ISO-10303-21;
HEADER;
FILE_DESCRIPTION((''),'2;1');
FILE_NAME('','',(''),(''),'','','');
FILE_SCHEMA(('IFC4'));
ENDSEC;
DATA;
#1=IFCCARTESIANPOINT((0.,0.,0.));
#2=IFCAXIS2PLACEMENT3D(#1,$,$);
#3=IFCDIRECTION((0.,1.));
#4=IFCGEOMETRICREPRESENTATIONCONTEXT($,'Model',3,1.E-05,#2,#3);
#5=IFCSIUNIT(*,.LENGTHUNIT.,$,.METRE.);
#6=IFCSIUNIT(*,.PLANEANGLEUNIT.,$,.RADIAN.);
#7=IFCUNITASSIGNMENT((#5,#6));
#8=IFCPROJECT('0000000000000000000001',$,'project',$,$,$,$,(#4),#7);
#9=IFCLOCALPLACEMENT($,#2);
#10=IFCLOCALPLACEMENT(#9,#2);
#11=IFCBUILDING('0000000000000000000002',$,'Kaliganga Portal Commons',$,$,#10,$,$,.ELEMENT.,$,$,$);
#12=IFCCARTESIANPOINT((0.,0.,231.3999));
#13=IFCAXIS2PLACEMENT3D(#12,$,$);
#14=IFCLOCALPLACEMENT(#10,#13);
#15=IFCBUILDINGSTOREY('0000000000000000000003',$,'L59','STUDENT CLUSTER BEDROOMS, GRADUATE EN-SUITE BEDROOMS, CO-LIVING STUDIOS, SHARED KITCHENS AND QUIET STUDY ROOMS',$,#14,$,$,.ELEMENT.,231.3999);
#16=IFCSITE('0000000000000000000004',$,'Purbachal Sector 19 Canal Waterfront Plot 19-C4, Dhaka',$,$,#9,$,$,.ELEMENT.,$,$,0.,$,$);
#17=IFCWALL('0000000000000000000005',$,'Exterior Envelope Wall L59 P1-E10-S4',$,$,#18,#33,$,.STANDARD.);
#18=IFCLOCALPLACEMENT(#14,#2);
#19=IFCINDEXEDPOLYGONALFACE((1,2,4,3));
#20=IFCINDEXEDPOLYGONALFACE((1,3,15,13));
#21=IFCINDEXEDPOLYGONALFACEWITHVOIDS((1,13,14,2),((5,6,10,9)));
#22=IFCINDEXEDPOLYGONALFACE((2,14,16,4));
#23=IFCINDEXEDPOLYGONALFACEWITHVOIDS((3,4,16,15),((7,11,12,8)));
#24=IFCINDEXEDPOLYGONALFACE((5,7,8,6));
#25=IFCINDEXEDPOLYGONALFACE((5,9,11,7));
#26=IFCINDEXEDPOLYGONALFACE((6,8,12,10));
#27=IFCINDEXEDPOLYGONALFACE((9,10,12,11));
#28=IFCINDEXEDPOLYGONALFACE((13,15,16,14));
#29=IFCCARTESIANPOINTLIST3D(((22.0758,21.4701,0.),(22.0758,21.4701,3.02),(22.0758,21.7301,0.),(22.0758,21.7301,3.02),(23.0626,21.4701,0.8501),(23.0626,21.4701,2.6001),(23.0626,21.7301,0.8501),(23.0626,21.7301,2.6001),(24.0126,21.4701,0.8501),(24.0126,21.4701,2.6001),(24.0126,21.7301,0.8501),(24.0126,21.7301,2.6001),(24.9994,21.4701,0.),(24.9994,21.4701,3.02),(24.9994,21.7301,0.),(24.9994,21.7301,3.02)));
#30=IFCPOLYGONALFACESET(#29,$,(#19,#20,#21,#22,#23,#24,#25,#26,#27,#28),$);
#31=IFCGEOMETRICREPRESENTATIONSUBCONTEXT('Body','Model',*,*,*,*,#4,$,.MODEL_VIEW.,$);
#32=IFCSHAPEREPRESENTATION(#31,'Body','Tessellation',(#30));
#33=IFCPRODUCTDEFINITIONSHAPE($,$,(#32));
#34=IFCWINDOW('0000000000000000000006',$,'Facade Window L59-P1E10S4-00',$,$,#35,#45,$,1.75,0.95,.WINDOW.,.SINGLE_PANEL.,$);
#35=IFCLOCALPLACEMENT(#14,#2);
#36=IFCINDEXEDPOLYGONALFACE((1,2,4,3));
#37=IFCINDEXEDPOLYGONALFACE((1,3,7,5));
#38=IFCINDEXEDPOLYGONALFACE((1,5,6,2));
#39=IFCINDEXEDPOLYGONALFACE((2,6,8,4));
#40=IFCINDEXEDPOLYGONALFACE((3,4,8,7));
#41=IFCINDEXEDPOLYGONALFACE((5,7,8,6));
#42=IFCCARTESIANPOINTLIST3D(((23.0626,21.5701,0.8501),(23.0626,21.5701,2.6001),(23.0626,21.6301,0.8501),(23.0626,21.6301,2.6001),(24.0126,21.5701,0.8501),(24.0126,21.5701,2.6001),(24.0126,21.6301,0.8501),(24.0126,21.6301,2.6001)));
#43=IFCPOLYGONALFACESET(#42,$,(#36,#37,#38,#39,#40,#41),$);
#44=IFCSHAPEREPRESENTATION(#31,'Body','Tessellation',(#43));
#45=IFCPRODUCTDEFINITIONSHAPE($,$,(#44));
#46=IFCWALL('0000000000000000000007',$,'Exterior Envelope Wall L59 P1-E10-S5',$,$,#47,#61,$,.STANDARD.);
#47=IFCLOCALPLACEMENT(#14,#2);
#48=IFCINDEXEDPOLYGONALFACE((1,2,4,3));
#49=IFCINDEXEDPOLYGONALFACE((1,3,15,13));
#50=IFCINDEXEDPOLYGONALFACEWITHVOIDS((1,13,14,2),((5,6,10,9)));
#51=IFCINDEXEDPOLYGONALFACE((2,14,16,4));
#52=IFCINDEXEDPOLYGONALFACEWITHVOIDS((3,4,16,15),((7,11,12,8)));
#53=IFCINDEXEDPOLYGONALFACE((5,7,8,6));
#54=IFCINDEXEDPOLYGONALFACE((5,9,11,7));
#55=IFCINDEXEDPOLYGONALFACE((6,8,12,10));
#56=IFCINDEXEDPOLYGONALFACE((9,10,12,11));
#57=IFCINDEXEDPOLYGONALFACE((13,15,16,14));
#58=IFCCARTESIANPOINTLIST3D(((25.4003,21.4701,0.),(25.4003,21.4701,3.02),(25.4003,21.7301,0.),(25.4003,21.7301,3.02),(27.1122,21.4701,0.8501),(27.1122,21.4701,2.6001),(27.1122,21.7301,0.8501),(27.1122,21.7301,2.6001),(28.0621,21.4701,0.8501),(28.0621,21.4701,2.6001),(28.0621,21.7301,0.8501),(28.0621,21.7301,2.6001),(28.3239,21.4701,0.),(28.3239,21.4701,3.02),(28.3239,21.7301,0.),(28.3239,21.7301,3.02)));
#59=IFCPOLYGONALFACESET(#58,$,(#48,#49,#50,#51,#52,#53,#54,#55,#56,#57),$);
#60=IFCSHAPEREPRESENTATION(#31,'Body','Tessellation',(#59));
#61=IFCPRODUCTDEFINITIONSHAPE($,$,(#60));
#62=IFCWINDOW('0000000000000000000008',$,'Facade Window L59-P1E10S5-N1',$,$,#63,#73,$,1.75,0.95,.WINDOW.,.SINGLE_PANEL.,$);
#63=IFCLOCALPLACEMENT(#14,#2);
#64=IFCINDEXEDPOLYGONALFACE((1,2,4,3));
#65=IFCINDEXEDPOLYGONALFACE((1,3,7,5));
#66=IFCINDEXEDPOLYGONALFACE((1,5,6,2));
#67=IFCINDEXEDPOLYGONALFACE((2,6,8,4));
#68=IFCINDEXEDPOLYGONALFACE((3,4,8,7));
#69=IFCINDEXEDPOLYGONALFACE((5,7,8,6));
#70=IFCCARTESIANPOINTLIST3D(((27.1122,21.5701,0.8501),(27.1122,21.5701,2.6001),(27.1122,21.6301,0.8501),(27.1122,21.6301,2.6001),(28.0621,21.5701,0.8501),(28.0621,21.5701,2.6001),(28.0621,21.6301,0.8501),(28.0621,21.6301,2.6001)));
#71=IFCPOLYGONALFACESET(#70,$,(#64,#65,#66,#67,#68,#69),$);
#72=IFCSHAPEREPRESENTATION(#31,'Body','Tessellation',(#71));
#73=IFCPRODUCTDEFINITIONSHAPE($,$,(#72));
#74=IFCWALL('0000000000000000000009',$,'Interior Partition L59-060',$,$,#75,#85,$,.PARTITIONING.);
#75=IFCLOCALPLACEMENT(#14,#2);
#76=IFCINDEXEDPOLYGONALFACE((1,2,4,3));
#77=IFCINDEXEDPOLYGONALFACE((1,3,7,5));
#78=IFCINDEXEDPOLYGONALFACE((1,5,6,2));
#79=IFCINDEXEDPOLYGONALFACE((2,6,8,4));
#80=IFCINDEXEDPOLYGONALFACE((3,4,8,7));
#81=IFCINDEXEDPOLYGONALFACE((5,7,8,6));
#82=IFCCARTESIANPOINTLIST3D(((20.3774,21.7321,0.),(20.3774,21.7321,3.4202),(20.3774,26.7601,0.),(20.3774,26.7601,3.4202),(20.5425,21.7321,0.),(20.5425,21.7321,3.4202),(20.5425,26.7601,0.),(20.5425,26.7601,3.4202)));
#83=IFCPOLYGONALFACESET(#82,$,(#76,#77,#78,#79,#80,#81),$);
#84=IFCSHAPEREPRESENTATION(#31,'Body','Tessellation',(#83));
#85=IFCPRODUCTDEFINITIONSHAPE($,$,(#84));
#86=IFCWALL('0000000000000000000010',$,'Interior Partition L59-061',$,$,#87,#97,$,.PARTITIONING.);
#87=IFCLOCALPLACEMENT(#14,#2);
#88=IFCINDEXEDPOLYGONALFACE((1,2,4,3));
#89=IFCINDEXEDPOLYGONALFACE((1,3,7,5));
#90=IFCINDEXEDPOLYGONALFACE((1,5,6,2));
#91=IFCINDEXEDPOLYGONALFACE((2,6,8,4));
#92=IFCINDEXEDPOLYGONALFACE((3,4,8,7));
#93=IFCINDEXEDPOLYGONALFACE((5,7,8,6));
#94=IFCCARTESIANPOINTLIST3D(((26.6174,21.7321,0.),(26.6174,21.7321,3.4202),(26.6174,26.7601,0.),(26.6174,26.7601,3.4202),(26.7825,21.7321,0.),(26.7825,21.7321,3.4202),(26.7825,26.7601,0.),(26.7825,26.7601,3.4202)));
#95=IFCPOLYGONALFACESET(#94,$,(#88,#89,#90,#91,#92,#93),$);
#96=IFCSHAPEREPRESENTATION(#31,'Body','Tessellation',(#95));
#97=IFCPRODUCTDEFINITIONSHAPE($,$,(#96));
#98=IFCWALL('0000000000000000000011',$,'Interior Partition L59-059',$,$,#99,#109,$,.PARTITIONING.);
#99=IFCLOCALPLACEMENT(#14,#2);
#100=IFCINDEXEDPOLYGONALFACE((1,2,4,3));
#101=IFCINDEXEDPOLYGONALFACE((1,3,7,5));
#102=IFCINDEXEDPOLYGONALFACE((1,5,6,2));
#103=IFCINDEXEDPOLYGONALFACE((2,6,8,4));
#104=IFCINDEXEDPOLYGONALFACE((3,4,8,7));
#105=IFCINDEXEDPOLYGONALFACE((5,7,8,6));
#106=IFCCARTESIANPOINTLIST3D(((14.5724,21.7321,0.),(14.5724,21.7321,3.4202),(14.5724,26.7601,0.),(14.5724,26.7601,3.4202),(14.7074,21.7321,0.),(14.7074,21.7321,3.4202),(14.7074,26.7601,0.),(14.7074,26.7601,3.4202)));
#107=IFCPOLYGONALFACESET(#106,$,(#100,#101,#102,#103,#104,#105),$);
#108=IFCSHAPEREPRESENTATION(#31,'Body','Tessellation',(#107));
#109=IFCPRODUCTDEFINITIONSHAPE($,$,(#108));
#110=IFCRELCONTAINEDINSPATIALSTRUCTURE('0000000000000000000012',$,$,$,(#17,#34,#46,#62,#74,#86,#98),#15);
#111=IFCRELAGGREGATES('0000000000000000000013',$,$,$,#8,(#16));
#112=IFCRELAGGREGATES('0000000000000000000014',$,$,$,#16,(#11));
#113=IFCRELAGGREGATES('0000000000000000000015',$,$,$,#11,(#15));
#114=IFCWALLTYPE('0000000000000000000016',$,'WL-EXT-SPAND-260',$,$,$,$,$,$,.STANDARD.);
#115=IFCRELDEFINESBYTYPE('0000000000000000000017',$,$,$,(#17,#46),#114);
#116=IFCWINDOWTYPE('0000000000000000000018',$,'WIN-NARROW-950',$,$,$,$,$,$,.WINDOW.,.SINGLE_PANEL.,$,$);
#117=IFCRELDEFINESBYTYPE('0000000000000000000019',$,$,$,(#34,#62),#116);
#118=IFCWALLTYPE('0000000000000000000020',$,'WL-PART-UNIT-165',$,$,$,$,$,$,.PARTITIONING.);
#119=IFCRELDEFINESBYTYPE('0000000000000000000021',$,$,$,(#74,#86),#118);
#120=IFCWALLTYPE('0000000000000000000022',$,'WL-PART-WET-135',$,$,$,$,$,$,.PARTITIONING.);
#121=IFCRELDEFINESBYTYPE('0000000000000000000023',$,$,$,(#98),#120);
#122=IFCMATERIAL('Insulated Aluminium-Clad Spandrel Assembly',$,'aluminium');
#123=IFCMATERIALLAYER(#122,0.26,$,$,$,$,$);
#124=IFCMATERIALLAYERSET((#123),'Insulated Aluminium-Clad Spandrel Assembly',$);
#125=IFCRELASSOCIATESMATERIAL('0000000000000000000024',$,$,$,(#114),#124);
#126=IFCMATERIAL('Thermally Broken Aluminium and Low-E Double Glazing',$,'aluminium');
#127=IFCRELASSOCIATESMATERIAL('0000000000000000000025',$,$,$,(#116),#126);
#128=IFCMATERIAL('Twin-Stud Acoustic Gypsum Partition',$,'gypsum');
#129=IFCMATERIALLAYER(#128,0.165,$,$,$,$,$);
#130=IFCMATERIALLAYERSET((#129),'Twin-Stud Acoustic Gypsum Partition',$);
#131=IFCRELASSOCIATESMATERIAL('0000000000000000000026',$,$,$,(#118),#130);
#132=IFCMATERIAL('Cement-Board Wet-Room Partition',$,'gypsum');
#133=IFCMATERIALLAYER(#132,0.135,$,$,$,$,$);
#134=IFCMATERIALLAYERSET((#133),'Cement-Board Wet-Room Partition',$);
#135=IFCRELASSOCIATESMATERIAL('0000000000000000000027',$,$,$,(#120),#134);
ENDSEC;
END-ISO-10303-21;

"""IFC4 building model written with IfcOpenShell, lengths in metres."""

from ifc_helpers import new_model, si_unit, direction, frame, frame_2d, origin, place, context, subcontext, project, spatial, rectangle, extrude, material, layer, layer_set, type_object, element, fill, save


model = new_model("IFC4")

# Units and contexts
model_context = context("Model", 3, precision=1e-05, world=origin(), true_north=direction((0.0, 1.0)))
body_context = subcontext(model_context, "Body", "Model", "MODEL_VIEW")
ifc_project = project(units=[si_unit("LENGTHUNIT", "METRE"), si_unit("PLANEANGLEUNIT", "RADIAN")], contexts=[model_context])

# Site, building, storey
site_placement = place(None, origin())
site = spatial("IfcSite", under=ifc_project, at=site_placement, Name="Purbachal Sector 19 Canal Waterfront Plot 19-C4, Dhaka", CompositionType="ELEMENT", RefElevation=0.0)
building_placement = place(site_placement, origin())
building = spatial("IfcBuilding", under=site, at=building_placement, Name="Kaliganga Portal Commons", CompositionType="ELEMENT")
storey_placement = place(building_placement, frame((0.0, 0.0, 231.3999)))
storey = spatial("IfcBuildingStorey", under=building, at=storey_placement, Name="L59", Description="STUDENT CLUSTER BEDROOMS, GRADUATE EN-SUITE BEDROOMS, CO-LIVING STUDIOS, SHARED KITCHENS AND QUIET STUDY ROOMS", CompositionType="ELEMENT", Elevation=231.3999)

# Walls, openings, windows
ifc_material_1 = material(Name="Insulated Aluminium-Clad Spandrel Assembly", Category="aluminium")
ifc_layer_1 = layer(ifc_material_1, 0.26)
ifc_layer_set_1 = layer_set([ifc_layer_1], Name="Insulated Aluminium-Clad Spandrel Assembly")
wall_type_1 = type_object("IfcWallType", Name="WL-EXT-SPAND-260", PredefinedType="STANDARD", material=ifc_layer_set_1)
ifc_material_2 = material(Name="Thermally Broken Aluminium and Low-E Double Glazing", Category="aluminium")
window_type = type_object("IfcWindowType", Name="WIN-NARROW-950", PartitioningType="SINGLE_PANEL", PredefinedType="WINDOW", material=ifc_material_2)
wall_1_placement = place(storey_placement, frame((24.9995, 21.6001, 0.0), z_axis=(0.0, 0.0, 1.0), x_axis=(-1.0, 0.0, 0.0)))
wall_1 = element("IfcWall", 1, at=wall_1_placement, inside=storey, type_object=wall_type_1, Name="Exterior Envelope Wall L59 P1-E10-S4", PredefinedType="STANDARD", context=body_context, shape_type="SweptSolid", body=[
    extrude(rectangle(XDim=2.9236, YDim=0.26, at=frame_2d((1.4619, 0.0))), origin(), (0.0, 0.0, 1.0), 3.02),
])
opening_1_placement = place(wall_1_placement, frame((0.9868, 0.0, 0.8501)))
opening_1 = element("IfcOpeningElement", 2, at=opening_1_placement, cuts=wall_1, PredefinedType="OPENING", context=body_context, shape_type="SweptSolid", body=[
    extrude(rectangle(XDim=0.95, YDim=1.75, at=frame_2d((0.4751, 0.875))), frame((0.0, 0.1401, 0.0), z_axis=(0.0, -1.0, 0.0), x_axis=(1.0, 0.0, 0.0)), (0.0, 0.0, 1.0), 0.28),
])
window_1_placement = place(opening_1_placement, origin())
window_1 = element("IfcWindow", 3, at=window_1_placement, inside=storey, type_object=window_type, Name="Facade Window L59-P1E10S4-00", OverallHeight=1.75, OverallWidth=0.95, PartitioningType="SINGLE_PANEL", PredefinedType="WINDOW", context=body_context, shape_type="SweptSolid", body=[
    extrude(rectangle(XDim=0.95, YDim=1.75, at=frame_2d((0.4751, 0.875))), frame((0.0, 0.03, 0.0), z_axis=(0.0, -1.0, 0.0), x_axis=(1.0, 0.0, 0.0)), (0.0, 0.0, 1.0), 0.0601),
])
fill(opening_1, window_1)
wall_2_placement = place(storey_placement, frame((28.324, 21.6001, 0.0), z_axis=(0.0, 0.0, 1.0), x_axis=(-1.0, 0.0, 0.0)))
wall_2 = element("IfcWall", 4, at=wall_2_placement, inside=storey, type_object=wall_type_1, Name="Exterior Envelope Wall L59 P1-E10-S5", PredefinedType="STANDARD", context=body_context, shape_type="SweptSolid", body=[
    extrude(rectangle(XDim=2.9236, YDim=0.26, at=frame_2d((1.4619, 0.0))), origin(), (0.0, 0.0, 1.0), 3.02),
])
opening_2_placement = place(wall_2_placement, frame((0.2617, 0.0, 0.8501)))
opening_2 = element("IfcOpeningElement", 5, at=opening_2_placement, cuts=wall_2, PredefinedType="OPENING", context=body_context, shape_type="SweptSolid", body=[
    extrude(rectangle(XDim=0.95, YDim=1.75, at=frame_2d((0.4751, 0.875))), frame((0.0, 0.1401, 0.0), z_axis=(0.0, -1.0, 0.0), x_axis=(1.0, 0.0, 0.0)), (0.0, 0.0, 1.0), 0.28),
])
window_2_placement = place(opening_2_placement, origin())
window_2 = element("IfcWindow", 6, at=window_2_placement, inside=storey, type_object=window_type, Name="Facade Window L59-P1E10S5-N1", OverallHeight=1.75, OverallWidth=0.95, PartitioningType="SINGLE_PANEL", PredefinedType="WINDOW", context=body_context, shape_type="SweptSolid", body=[
    extrude(rectangle(XDim=0.95, YDim=1.75, at=frame_2d((0.4751, 0.875))), frame((0.0, 0.03, 0.0), z_axis=(0.0, -1.0, 0.0), x_axis=(1.0, 0.0, 0.0)), (0.0, 0.0, 1.0), 0.0601),
])
fill(opening_2, window_2)

# Walls
ifc_material_3 = material(Name="Twin-Stud Acoustic Gypsum Partition", Category="gypsum")
ifc_layer_2 = layer(ifc_material_3, 0.165)
ifc_layer_set_2 = layer_set([ifc_layer_2], Name="Twin-Stud Acoustic Gypsum Partition")
wall_type_2 = type_object("IfcWallType", Name="WL-PART-UNIT-165", PredefinedType="PARTITIONING", material=ifc_layer_set_2)
for number, where, z_axis, x_axis, name in (
    (7, (20.46, 21.7319, 0.0), (0.0, 0.0, 1.0), (0.0, 1.0, 0.0), "Interior Partition L59-060"),
    (8, (26.7, 21.7319, 0.0), (0.0, 0.0, 1.0), (0.0, 1.0, 0.0), "Interior Partition L59-061"),
):
    element("IfcWall", number, at=place(storey_placement, frame(where, z_axis=z_axis, x_axis=x_axis)), inside=storey, type_object=wall_type_2, Name=name, PredefinedType="PARTITIONING", context=body_context, shape_type="SweptSolid", body=[
        extrude(rectangle(XDim=5.0281, YDim=0.165, at=frame_2d((2.5142, 0.0))), origin(), (0.0, 0.0, 1.0), 3.4202),
    ])
ifc_material_4 = material(Name="Cement-Board Wet-Room Partition", Category="gypsum")
ifc_layer_3 = layer(ifc_material_4, 0.135)
ifc_layer_set_3 = layer_set([ifc_layer_3], Name="Cement-Board Wet-Room Partition")
wall_type_3 = type_object("IfcWallType", Name="WL-PART-WET-135", PredefinedType="PARTITIONING", material=ifc_layer_set_3)
wall_3_placement = place(storey_placement, frame((14.6399, 21.7319, 0.0), z_axis=(0.0, 0.0, 1.0), x_axis=(0.0, 1.0, 0.0)))
element("IfcWall", 9, at=wall_3_placement, inside=storey, type_object=wall_type_3, Name="Interior Partition L59-059", PredefinedType="PARTITIONING", context=body_context, shape_type="SweptSolid", body=[
    extrude(rectangle(XDim=5.0281, YDim=0.135, at=frame_2d((2.5142, 0.0))), origin(), (0.0, 0.0, 1.0), 3.4202),
])

save(model, "model.ifc")
